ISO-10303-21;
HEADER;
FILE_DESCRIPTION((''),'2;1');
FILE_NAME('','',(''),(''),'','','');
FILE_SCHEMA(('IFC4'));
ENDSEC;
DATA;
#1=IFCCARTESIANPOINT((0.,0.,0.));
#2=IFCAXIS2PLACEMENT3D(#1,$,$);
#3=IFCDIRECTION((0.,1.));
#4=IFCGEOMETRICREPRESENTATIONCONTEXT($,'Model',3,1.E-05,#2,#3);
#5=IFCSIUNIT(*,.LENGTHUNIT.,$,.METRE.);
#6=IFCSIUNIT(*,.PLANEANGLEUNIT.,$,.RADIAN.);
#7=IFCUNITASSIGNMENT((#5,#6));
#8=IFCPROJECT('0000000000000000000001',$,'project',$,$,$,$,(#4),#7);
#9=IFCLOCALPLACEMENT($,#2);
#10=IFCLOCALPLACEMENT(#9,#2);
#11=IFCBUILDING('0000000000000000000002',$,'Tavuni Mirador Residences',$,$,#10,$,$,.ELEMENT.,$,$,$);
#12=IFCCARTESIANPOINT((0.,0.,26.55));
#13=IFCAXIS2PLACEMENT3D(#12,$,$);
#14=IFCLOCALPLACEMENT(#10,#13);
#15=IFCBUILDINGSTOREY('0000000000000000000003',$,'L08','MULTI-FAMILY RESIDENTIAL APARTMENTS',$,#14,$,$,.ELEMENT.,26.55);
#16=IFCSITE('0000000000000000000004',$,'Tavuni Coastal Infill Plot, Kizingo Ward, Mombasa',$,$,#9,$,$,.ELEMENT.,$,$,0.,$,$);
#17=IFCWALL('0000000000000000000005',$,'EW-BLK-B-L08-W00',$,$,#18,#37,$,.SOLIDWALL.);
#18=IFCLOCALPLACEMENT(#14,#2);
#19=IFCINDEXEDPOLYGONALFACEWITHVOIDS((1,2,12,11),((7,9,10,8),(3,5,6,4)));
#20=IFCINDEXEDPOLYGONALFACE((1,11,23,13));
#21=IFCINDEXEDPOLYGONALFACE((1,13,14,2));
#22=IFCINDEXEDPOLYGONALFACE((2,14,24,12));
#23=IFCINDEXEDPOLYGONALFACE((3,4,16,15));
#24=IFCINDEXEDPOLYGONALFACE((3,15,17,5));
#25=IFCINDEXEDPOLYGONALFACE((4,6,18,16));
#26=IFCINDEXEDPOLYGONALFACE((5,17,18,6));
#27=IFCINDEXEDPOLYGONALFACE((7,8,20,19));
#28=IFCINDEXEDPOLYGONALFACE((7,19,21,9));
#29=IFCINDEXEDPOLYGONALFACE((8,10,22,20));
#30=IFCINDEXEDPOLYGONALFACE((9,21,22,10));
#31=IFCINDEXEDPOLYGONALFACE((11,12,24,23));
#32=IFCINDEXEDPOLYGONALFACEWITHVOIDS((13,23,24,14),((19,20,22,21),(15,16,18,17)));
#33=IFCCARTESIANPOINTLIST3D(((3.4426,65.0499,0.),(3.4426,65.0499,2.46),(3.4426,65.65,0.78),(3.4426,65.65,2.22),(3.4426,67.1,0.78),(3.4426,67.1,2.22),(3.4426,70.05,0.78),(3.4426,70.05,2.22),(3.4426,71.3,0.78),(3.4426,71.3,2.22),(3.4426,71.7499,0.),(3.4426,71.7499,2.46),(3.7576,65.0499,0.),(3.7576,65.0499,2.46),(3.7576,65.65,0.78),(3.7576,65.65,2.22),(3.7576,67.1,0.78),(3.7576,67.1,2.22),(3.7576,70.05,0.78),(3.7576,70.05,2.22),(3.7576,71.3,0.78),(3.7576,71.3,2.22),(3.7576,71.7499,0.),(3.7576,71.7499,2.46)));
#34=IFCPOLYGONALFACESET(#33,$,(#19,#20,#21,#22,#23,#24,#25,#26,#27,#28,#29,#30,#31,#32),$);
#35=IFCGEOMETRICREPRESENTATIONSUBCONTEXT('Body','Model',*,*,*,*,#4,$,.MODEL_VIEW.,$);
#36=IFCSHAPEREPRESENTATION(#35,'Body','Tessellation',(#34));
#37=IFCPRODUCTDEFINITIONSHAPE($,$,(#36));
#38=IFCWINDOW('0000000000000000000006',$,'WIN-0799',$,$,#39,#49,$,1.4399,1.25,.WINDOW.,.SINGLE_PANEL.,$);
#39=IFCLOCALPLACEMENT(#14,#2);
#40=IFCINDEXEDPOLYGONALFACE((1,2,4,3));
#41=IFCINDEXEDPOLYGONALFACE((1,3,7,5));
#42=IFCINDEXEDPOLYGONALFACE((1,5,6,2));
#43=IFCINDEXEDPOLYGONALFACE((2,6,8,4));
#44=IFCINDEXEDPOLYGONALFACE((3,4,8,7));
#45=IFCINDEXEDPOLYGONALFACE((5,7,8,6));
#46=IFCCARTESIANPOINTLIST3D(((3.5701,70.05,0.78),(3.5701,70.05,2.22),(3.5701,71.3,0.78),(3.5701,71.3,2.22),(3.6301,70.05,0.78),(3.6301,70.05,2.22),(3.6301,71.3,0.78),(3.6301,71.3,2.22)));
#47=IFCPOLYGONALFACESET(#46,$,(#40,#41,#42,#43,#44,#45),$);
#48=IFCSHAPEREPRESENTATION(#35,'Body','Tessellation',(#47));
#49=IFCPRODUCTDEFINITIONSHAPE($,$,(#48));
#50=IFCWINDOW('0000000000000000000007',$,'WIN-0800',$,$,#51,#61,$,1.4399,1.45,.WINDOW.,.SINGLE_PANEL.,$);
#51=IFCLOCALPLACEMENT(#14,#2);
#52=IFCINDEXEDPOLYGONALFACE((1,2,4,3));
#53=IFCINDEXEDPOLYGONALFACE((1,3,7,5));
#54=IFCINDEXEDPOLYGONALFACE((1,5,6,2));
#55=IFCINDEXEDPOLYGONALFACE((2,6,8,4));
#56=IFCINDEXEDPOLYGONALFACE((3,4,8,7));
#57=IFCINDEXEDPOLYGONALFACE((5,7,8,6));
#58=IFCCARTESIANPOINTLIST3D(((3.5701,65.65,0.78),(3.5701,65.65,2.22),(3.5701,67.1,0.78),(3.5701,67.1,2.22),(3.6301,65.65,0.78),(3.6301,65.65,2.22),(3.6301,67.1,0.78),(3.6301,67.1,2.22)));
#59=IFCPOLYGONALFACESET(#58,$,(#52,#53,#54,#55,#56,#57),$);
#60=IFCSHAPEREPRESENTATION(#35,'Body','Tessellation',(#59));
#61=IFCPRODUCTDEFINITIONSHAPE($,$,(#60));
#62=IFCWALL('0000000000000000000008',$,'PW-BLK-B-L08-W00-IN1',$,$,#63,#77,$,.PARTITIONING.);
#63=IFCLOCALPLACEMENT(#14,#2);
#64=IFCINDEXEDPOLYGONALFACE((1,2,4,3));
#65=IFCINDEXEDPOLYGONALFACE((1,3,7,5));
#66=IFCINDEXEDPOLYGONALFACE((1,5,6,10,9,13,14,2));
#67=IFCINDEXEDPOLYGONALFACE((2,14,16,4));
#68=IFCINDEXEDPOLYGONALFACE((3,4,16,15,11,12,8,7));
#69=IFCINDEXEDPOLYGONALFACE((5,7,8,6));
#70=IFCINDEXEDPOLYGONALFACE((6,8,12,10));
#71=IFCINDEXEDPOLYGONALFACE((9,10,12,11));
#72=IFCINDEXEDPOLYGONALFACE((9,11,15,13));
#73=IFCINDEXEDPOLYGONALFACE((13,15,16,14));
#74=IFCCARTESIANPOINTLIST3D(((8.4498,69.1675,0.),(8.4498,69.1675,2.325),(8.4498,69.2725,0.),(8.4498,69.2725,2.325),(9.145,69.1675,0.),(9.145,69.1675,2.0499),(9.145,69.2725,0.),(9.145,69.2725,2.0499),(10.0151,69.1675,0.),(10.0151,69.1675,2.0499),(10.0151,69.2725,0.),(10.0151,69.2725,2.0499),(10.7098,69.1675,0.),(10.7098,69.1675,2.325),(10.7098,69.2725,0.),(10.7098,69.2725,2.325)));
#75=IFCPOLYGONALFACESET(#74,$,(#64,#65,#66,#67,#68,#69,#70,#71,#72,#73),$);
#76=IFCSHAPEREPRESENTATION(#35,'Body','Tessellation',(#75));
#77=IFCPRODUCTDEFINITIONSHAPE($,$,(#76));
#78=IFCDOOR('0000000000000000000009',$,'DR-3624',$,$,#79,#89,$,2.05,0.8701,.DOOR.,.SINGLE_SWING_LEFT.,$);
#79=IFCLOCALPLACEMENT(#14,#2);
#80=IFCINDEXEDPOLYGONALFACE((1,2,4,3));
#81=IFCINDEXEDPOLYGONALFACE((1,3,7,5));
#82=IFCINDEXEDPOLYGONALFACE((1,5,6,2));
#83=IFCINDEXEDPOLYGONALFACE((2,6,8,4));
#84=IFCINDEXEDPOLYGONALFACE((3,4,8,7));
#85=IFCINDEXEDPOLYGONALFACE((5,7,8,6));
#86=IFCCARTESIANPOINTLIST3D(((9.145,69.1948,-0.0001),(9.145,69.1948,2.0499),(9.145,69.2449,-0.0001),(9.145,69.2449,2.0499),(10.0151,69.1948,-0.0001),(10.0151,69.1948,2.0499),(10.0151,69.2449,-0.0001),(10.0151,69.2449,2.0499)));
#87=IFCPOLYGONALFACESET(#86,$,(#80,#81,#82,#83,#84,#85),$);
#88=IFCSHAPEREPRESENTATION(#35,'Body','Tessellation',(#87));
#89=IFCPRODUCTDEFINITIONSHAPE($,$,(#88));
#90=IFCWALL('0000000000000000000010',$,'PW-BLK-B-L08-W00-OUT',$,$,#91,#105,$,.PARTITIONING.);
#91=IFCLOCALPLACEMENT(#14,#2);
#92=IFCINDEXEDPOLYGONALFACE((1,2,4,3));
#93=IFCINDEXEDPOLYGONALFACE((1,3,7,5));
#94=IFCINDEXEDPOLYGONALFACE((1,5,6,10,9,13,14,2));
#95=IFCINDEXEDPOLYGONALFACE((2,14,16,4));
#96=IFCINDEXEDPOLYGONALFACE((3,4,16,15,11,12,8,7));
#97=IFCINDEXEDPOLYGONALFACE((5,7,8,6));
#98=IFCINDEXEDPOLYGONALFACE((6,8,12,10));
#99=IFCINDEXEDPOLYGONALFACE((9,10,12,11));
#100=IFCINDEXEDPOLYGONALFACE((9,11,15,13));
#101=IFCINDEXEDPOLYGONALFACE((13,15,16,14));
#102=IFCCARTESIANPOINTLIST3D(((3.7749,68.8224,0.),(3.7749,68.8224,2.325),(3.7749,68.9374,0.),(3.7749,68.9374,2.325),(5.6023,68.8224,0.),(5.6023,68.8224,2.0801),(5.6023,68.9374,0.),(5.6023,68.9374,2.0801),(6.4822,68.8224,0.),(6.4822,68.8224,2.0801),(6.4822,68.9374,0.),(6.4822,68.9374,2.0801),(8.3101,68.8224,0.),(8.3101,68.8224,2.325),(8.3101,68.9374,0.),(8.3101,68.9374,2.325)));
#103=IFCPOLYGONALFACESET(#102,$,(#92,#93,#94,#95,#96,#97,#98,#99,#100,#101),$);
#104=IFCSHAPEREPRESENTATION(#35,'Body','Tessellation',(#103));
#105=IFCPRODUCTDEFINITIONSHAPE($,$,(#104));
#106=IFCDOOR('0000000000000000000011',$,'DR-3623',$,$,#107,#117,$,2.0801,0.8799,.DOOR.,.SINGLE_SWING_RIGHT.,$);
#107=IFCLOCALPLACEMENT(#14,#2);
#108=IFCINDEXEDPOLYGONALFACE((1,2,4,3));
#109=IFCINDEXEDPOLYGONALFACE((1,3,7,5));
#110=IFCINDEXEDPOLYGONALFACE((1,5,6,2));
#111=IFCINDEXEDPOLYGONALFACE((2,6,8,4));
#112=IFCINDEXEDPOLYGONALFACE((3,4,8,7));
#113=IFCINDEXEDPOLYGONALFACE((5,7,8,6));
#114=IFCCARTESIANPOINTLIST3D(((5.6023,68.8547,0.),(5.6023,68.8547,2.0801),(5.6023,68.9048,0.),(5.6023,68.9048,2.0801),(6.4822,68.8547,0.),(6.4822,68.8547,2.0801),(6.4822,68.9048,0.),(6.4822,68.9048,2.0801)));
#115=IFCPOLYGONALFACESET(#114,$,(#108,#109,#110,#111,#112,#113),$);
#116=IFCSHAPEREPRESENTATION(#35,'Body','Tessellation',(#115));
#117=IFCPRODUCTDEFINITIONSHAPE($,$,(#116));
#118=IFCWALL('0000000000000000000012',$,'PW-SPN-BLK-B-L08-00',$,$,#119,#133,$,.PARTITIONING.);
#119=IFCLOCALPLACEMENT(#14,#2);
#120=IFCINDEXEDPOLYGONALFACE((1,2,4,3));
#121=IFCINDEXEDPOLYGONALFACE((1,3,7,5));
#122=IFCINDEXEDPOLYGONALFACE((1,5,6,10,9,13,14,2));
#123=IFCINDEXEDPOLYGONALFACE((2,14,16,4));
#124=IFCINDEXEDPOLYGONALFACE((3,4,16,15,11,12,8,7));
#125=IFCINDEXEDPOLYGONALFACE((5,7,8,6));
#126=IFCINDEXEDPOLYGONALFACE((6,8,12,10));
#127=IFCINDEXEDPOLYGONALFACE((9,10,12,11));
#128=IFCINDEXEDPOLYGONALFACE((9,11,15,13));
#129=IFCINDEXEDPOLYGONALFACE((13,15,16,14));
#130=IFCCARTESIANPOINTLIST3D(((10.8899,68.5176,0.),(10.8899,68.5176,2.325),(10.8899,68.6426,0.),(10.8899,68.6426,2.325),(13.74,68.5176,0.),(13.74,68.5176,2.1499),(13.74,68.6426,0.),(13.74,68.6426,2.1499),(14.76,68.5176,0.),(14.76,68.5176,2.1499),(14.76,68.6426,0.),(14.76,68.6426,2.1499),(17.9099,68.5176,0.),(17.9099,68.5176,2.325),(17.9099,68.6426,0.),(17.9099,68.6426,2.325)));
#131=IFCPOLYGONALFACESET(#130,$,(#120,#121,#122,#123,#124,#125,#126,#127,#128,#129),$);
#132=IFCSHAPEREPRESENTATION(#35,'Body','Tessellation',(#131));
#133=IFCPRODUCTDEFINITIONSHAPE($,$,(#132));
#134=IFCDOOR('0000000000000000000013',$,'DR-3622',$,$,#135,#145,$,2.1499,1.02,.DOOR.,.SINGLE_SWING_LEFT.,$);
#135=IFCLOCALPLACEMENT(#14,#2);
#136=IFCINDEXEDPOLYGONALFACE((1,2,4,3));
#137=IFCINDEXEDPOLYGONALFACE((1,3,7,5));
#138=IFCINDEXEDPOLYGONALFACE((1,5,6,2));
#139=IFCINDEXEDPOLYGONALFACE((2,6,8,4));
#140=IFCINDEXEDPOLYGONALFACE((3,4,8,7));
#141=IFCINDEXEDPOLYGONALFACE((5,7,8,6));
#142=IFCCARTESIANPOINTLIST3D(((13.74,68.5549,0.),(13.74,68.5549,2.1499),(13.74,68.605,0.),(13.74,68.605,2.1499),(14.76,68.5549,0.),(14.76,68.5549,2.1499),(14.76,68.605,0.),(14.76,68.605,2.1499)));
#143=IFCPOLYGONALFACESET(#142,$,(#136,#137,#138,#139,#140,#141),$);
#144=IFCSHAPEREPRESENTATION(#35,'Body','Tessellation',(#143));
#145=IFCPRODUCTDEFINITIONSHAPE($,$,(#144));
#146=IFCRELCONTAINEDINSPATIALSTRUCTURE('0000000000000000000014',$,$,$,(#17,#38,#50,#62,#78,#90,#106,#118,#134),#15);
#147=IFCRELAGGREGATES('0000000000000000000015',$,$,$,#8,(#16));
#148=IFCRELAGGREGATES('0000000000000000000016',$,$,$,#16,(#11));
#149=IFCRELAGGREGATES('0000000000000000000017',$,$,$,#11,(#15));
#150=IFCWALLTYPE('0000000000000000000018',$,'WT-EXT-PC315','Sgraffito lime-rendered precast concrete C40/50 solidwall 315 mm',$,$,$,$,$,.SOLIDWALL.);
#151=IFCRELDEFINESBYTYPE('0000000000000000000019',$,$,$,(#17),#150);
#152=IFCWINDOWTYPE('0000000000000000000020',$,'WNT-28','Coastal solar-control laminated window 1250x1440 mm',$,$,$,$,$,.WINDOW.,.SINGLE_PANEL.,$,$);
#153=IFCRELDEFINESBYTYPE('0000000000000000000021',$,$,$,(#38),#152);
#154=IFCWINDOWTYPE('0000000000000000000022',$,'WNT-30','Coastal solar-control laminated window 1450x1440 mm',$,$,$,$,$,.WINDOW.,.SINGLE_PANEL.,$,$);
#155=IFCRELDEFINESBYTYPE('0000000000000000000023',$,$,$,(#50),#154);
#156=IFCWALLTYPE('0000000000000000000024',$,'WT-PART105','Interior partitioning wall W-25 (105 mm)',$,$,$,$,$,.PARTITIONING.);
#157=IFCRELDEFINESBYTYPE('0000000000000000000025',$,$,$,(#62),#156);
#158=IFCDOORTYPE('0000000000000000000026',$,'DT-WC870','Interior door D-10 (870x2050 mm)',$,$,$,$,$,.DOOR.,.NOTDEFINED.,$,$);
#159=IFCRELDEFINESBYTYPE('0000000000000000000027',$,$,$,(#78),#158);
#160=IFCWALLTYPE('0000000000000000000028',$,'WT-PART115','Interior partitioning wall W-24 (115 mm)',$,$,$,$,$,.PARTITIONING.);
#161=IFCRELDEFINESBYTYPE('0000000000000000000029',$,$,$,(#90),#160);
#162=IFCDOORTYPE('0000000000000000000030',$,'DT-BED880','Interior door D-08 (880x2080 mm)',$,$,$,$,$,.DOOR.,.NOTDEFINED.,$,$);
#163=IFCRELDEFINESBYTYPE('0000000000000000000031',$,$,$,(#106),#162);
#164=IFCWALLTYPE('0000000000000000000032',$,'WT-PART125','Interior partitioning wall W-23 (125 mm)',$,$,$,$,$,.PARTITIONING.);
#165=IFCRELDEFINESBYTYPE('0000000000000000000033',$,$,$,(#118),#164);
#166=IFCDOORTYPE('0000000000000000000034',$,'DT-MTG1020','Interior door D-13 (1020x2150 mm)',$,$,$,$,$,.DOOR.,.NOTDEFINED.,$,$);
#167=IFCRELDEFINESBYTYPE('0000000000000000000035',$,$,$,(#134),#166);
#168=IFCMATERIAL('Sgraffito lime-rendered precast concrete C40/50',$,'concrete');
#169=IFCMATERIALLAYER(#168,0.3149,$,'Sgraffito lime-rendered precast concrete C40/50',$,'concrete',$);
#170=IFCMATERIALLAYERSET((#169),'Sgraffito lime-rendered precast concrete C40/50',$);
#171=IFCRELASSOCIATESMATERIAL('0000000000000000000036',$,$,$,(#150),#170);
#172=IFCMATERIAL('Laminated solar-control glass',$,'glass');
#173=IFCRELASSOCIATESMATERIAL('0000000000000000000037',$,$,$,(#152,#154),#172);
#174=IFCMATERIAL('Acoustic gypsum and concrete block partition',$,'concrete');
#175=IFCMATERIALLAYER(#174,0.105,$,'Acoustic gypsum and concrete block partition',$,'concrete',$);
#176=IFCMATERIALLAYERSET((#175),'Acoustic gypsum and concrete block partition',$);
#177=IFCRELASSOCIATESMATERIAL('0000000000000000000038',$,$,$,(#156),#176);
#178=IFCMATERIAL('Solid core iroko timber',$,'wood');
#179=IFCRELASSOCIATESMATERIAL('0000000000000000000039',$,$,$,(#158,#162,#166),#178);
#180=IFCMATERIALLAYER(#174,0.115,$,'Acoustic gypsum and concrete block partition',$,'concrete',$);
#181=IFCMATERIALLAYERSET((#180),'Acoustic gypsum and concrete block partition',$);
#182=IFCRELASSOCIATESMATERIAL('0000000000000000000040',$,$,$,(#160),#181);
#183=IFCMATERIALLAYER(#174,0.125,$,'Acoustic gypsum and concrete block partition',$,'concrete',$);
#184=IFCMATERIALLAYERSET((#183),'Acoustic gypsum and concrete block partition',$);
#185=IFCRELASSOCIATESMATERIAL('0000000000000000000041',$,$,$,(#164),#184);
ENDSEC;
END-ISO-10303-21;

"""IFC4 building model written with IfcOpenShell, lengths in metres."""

from ifc_helpers import new_model, si_unit, direction, frame, frame_2d, origin, place, context, subcontext, project, spatial, rectangle, extrude, material, layer, layer_set, type_object, element, fill, save


model = new_model("IFC4")

# Units and contexts
model_context = context("Model", 3, precision=1e-05, world=origin(), true_north=direction((0.0, 1.0)))
body_context = subcontext(model_context, "Body", "Model", "MODEL_VIEW")
ifc_project = project(units=[si_unit("LENGTHUNIT", "METRE"), si_unit("PLANEANGLEUNIT", "RADIAN")], contexts=[model_context])

# Site, building, storey
site_placement = place(None, origin())
site = spatial("IfcSite", under=ifc_project, at=site_placement, Name="Tavuni Coastal Infill Plot, Kizingo Ward, Mombasa", CompositionType="ELEMENT", RefElevation=0.0)
building_placement = place(site_placement, origin())
building = spatial("IfcBuilding", under=site, at=building_placement, Name="Tavuni Mirador Residences", CompositionType="ELEMENT")
storey_placement = place(building_placement, frame((0.0, 0.0, 26.55)))
storey = spatial("IfcBuildingStorey", under=building, at=storey_placement, Name="L08", Description="MULTI-FAMILY RESIDENTIAL APARTMENTS", CompositionType="ELEMENT", Elevation=26.55)

# Shared definitions
ifc_material_1 = material(Name="Solid core iroko timber", Category="wood")

# Wall, openings, windows
ifc_material_2 = material(Name="Sgraffito lime-rendered precast concrete C40/50", Category="concrete")
ifc_material_3 = material(Name="Laminated solar-control glass", Category="glass")
ifc_layer_1 = layer(ifc_material_2, 0.3149, Name="Sgraffito lime-rendered precast concrete C40/50", Category="concrete")
ifc_layer_set_1 = layer_set([ifc_layer_1], Name="Sgraffito lime-rendered precast concrete C40/50")
wall_type_1 = type_object("IfcWallType", Name="WT-EXT-PC315", Description="Sgraffito lime-rendered precast concrete C40/50 solidwall 315 mm", PredefinedType="SOLIDWALL", material=ifc_layer_set_1)
wall_1_placement = place(storey_placement, frame((3.6001, 71.75, 0.0), z_axis=(0.0, 0.0, 1.0), x_axis=(0.0, -1.0, 0.0)))
wall_1 = element("IfcWall", 1, at=wall_1_placement, inside=storey, type_object=wall_type_1, Name="EW-BLK-B-L08-W00", PredefinedType="SOLIDWALL", context=body_context, shape_type="SweptSolid", body=[
    extrude(rectangle(XDim=6.7, YDim=0.3149, at=frame_2d((3.3501, 0.0))), origin(), (0.0, 0.0, 1.0), 2.46),
])
opening_1_placement = place(wall_1_placement, frame((0.45, 0.0, 0.78)))
opening_1 = element("IfcOpeningElement", 2, at=opening_1_placement, cuts=wall_1, PredefinedType="OPENING", context=body_context, shape_type="SweptSolid", body=[
    extrude(rectangle(XDim=1.25, YDim=1.4399, at=frame_2d((0.625, 0.72))), frame((0.0, 0.1675, 0.0), z_axis=(0.0, -1.0, 0.0), x_axis=(1.0, 0.0, 0.0)), (0.0, 0.0, 1.0), 0.335),
])
opening_2_placement = place(wall_1_placement, frame((4.6499, 0.0, 0.78)))
opening_2 = element("IfcOpeningElement", 3, at=opening_2_placement, cuts=wall_1, PredefinedType="OPENING", context=body_context, shape_type="SweptSolid", body=[
    extrude(rectangle(XDim=1.45, YDim=1.4399, at=frame_2d((0.7251, 0.72))), frame((0.0, 0.1675, 0.0), z_axis=(0.0, -1.0, 0.0), x_axis=(1.0, 0.0, 0.0)), (0.0, 0.0, 1.0), 0.335),
])
window_type_1 = type_object("IfcWindowType", Name="WNT-28", Description="Coastal solar-control laminated window 1250x1440 mm", PartitioningType="SINGLE_PANEL", PredefinedType="WINDOW", material=ifc_material_3)
window_1_placement = place(opening_1_placement, origin())
window_1 = element("IfcWindow", 4, at=window_1_placement, inside=storey, type_object=window_type_1, Name="WIN-0799", OverallHeight=1.4399, OverallWidth=1.25, PartitioningType="SINGLE_PANEL", PredefinedType="WINDOW", context=body_context, shape_type="SweptSolid", body=[
    extrude(rectangle(XDim=1.25, YDim=1.4399, at=frame_2d((0.625, 0.72))), frame((0.0, 0.03, 0.0), z_axis=(0.0, -1.0, 0.0), x_axis=(1.0, 0.0, 0.0)), (0.0, 0.0, 1.0), 0.0601),
])
fill(opening_1, window_1)
window_type_2 = type_object("IfcWindowType", Name="WNT-30", Description="Coastal solar-control laminated window 1450x1440 mm", PartitioningType="SINGLE_PANEL", PredefinedType="WINDOW", material=ifc_material_3)
window_2_placement = place(opening_2_placement, origin())
window_2 = element("IfcWindow", 5, at=window_2_placement, inside=storey, type_object=window_type_2, Name="WIN-0800", OverallHeight=1.4399, OverallWidth=1.45, PartitioningType="SINGLE_PANEL", PredefinedType="WINDOW", context=body_context, shape_type="SweptSolid", body=[
    extrude(rectangle(XDim=1.45, YDim=1.4399, at=frame_2d((0.7251, 0.72))), frame((0.0, 0.03, 0.0), z_axis=(0.0, -1.0, 0.0), x_axis=(1.0, 0.0, 0.0)), (0.0, 0.0, 1.0), 0.0601),
])
fill(opening_2, window_2)

# Walls, openings, doors
ifc_material_4 = material(Name="Acoustic gypsum and concrete block partition", Category="concrete")
ifc_layer_2 = layer(ifc_material_4, 0.105, Name="Acoustic gypsum and concrete block partition", Category="concrete")
ifc_layer_set_2 = layer_set([ifc_layer_2], Name="Acoustic gypsum and concrete block partition")
wall_type_2 = type_object("IfcWallType", Name="WT-PART105", Description="Interior partitioning wall W-25 (105 mm)", PredefinedType="PARTITIONING", material=ifc_layer_set_2)
wall_2_placement = place(storey_placement, frame((8.45, 69.22, 0.0), z_axis=(0.0, 0.0, 1.0), x_axis=(1.0, 0.0, 0.0)))
wall_2 = element("IfcWall", 6, at=wall_2_placement, inside=storey, type_object=wall_type_2, Name="PW-BLK-B-L08-W00-IN1", PredefinedType="PARTITIONING", context=body_context, shape_type="SweptSolid", body=[
    extrude(rectangle(XDim=2.26, YDim=0.105, at=frame_2d((1.1299, 0.0))), origin(), (0.0, 0.0, 1.0), 2.325),
])
opening_3_placement = place(wall_2_placement, frame((0.6951, 0.0, 0.0)))
opening_3 = element("IfcOpeningElement", 7, at=opening_3_placement, cuts=wall_2, PredefinedType="OPENING", context=body_context, shape_type="SweptSolid", body=[
    extrude(rectangle(XDim=0.8701, YDim=2.05, at=frame_2d((0.4351, 1.0249))), frame((0.0, 0.0625, 0.0), z_axis=(0.0, -1.0, 0.0), x_axis=(1.0, 0.0, 0.0)), (0.0, 0.0, 1.0), 0.125),
])
door_type_1 = type_object("IfcDoorType", Name="DT-WC870", Description="Interior door D-10 (870x2050 mm)", OperationType="NOTDEFINED", PredefinedType="DOOR", material=ifc_material_1)
door_1_placement = place(opening_3_placement, origin())
door_1 = element("IfcDoor", 8, at=door_1_placement, inside=storey, type_object=door_type_1, Name="DR-3624", OperationType="SINGLE_SWING_LEFT", OverallHeight=2.05, OverallWidth=0.8701, PredefinedType="DOOR", context=body_context, shape_type="SweptSolid", body=[
    extrude(rectangle(XDim=0.8701, YDim=2.05, at=frame_2d((0.4351, 1.0249))), frame((0.0, 0.0249, 0.0), z_axis=(0.0, -1.0, 0.0), x_axis=(1.0, 0.0, 0.0)), (0.0, 0.0, 1.0), 0.05),
])
fill(opening_3, door_1)
ifc_layer_3 = layer(ifc_material_4, 0.115, Name="Acoustic gypsum and concrete block partition", Category="concrete")
ifc_layer_set_3 = layer_set([ifc_layer_3], Name="Acoustic gypsum and concrete block partition")
wall_type_3 = type_object("IfcWallType", Name="WT-PART115", Description="Interior partitioning wall W-24 (115 mm)", PredefinedType="PARTITIONING", material=ifc_layer_set_3)
wall_3_placement = place(storey_placement, frame((3.7749, 68.8799, 0.0), z_axis=(0.0, 0.0, 1.0), x_axis=(1.0, 0.0, 0.0)))
wall_3 = element("IfcWall", 9, at=wall_3_placement, inside=storey, type_object=wall_type_3, Name="PW-BLK-B-L08-W00-OUT", PredefinedType="PARTITIONING", context=body_context, shape_type="SweptSolid", body=[
    extrude(rectangle(XDim=4.5352, YDim=0.115, at=frame_2d((2.2676, 0.0))), origin(), (0.0, 0.0, 1.0), 2.325),
])
opening_4_placement = place(wall_3_placement, frame((1.8274, 0.0, 0.0)))
opening_4 = element("IfcOpeningElement", 10, at=opening_4_placement, cuts=wall_3, PredefinedType="OPENING", context=body_context, shape_type="SweptSolid", body=[
    extrude(rectangle(XDim=0.8799, YDim=2.0801, at=frame_2d((0.4399, 1.04))), frame((0.0, 0.0674, 0.0), z_axis=(0.0, -1.0, 0.0), x_axis=(1.0, 0.0, 0.0)), (0.0, 0.0, 1.0), 0.135),
])
door_type_2 = type_object("IfcDoorType", Name="DT-BED880", Description="Interior door D-08 (880x2080 mm)", OperationType="NOTDEFINED", PredefinedType="DOOR", material=ifc_material_1)
door_2_placement = place(opening_4_placement, origin())
door_2 = element("IfcDoor", 11, at=door_2_placement, inside=storey, type_object=door_type_2, Name="DR-3623", OperationType="SINGLE_SWING_RIGHT", OverallHeight=2.0801, OverallWidth=0.8799, PredefinedType="DOOR", context=body_context, shape_type="SweptSolid", body=[
    extrude(rectangle(XDim=0.8799, YDim=2.0801, at=frame_2d((0.4399, 1.04))), frame((0.0, 0.0249, 0.0), z_axis=(0.0, -1.0, 0.0), x_axis=(1.0, 0.0, 0.0)), (0.0, 0.0, 1.0), 0.05),
])
fill(opening_4, door_2)
ifc_layer_4 = layer(ifc_material_4, 0.125, Name="Acoustic gypsum and concrete block partition", Category="concrete")
ifc_layer_set_4 = layer_set([ifc_layer_4], Name="Acoustic gypsum and concrete block partition")
wall_type_4 = type_object("IfcWallType", Name="WT-PART125", Description="Interior partitioning wall W-23 (125 mm)", PredefinedType="PARTITIONING", material=ifc_layer_set_4)
wall_4_placement = place(storey_placement, frame((10.8899, 68.5801, 0.0), z_axis=(0.0, 0.0, 1.0), x_axis=(1.0, 0.0, 0.0)))
wall_4 = element("IfcWall", 12, at=wall_4_placement, inside=storey, type_object=wall_type_4, Name="PW-SPN-BLK-B-L08-00", PredefinedType="PARTITIONING", context=body_context, shape_type="SweptSolid", body=[
    extrude(rectangle(XDim=7.02, YDim=0.125, at=frame_2d((3.51, 0.0))), origin(), (0.0, 0.0, 1.0), 2.325),
])
opening_5_placement = place(wall_4_placement, frame((2.8501, 0.0, 0.0)))
opening_5 = element("IfcOpeningElement", 13, at=opening_5_placement, cuts=wall_4, PredefinedType="OPENING", context=body_context, shape_type="SweptSolid", body=[
    extrude(rectangle(XDim=1.02, YDim=2.1499, at=frame_2d((0.51, 1.075))), frame((0.0, 0.0725, 0.0), z_axis=(0.0, -1.0, 0.0), x_axis=(1.0, 0.0, 0.0)), (0.0, 0.0, 1.0), 0.145),
])
door_type_3 = type_object("IfcDoorType", Name="DT-MTG1020", Description="Interior door D-13 (1020x2150 mm)", OperationType="NOTDEFINED", PredefinedType="DOOR", material=ifc_material_1)
door_3_placement = place(opening_5_placement, origin())
door_3 = element("IfcDoor", 14, at=door_3_placement, inside=storey, type_object=door_type_3, Name="DR-3622", OperationType="SINGLE_SWING_LEFT", OverallHeight=2.1499, OverallWidth=1.02, PredefinedType="DOOR", context=body_context, shape_type="SweptSolid", body=[
    extrude(rectangle(XDim=1.02, YDim=2.1499, at=frame_2d((0.51, 1.075))), frame((0.0, 0.0249, 0.0), z_axis=(0.0, -1.0, 0.0), x_axis=(1.0, 0.0, 0.0)), (0.0, 0.0, 1.0), 0.05),
])
fill(opening_5, door_3)

save(model, "model.ifc")
